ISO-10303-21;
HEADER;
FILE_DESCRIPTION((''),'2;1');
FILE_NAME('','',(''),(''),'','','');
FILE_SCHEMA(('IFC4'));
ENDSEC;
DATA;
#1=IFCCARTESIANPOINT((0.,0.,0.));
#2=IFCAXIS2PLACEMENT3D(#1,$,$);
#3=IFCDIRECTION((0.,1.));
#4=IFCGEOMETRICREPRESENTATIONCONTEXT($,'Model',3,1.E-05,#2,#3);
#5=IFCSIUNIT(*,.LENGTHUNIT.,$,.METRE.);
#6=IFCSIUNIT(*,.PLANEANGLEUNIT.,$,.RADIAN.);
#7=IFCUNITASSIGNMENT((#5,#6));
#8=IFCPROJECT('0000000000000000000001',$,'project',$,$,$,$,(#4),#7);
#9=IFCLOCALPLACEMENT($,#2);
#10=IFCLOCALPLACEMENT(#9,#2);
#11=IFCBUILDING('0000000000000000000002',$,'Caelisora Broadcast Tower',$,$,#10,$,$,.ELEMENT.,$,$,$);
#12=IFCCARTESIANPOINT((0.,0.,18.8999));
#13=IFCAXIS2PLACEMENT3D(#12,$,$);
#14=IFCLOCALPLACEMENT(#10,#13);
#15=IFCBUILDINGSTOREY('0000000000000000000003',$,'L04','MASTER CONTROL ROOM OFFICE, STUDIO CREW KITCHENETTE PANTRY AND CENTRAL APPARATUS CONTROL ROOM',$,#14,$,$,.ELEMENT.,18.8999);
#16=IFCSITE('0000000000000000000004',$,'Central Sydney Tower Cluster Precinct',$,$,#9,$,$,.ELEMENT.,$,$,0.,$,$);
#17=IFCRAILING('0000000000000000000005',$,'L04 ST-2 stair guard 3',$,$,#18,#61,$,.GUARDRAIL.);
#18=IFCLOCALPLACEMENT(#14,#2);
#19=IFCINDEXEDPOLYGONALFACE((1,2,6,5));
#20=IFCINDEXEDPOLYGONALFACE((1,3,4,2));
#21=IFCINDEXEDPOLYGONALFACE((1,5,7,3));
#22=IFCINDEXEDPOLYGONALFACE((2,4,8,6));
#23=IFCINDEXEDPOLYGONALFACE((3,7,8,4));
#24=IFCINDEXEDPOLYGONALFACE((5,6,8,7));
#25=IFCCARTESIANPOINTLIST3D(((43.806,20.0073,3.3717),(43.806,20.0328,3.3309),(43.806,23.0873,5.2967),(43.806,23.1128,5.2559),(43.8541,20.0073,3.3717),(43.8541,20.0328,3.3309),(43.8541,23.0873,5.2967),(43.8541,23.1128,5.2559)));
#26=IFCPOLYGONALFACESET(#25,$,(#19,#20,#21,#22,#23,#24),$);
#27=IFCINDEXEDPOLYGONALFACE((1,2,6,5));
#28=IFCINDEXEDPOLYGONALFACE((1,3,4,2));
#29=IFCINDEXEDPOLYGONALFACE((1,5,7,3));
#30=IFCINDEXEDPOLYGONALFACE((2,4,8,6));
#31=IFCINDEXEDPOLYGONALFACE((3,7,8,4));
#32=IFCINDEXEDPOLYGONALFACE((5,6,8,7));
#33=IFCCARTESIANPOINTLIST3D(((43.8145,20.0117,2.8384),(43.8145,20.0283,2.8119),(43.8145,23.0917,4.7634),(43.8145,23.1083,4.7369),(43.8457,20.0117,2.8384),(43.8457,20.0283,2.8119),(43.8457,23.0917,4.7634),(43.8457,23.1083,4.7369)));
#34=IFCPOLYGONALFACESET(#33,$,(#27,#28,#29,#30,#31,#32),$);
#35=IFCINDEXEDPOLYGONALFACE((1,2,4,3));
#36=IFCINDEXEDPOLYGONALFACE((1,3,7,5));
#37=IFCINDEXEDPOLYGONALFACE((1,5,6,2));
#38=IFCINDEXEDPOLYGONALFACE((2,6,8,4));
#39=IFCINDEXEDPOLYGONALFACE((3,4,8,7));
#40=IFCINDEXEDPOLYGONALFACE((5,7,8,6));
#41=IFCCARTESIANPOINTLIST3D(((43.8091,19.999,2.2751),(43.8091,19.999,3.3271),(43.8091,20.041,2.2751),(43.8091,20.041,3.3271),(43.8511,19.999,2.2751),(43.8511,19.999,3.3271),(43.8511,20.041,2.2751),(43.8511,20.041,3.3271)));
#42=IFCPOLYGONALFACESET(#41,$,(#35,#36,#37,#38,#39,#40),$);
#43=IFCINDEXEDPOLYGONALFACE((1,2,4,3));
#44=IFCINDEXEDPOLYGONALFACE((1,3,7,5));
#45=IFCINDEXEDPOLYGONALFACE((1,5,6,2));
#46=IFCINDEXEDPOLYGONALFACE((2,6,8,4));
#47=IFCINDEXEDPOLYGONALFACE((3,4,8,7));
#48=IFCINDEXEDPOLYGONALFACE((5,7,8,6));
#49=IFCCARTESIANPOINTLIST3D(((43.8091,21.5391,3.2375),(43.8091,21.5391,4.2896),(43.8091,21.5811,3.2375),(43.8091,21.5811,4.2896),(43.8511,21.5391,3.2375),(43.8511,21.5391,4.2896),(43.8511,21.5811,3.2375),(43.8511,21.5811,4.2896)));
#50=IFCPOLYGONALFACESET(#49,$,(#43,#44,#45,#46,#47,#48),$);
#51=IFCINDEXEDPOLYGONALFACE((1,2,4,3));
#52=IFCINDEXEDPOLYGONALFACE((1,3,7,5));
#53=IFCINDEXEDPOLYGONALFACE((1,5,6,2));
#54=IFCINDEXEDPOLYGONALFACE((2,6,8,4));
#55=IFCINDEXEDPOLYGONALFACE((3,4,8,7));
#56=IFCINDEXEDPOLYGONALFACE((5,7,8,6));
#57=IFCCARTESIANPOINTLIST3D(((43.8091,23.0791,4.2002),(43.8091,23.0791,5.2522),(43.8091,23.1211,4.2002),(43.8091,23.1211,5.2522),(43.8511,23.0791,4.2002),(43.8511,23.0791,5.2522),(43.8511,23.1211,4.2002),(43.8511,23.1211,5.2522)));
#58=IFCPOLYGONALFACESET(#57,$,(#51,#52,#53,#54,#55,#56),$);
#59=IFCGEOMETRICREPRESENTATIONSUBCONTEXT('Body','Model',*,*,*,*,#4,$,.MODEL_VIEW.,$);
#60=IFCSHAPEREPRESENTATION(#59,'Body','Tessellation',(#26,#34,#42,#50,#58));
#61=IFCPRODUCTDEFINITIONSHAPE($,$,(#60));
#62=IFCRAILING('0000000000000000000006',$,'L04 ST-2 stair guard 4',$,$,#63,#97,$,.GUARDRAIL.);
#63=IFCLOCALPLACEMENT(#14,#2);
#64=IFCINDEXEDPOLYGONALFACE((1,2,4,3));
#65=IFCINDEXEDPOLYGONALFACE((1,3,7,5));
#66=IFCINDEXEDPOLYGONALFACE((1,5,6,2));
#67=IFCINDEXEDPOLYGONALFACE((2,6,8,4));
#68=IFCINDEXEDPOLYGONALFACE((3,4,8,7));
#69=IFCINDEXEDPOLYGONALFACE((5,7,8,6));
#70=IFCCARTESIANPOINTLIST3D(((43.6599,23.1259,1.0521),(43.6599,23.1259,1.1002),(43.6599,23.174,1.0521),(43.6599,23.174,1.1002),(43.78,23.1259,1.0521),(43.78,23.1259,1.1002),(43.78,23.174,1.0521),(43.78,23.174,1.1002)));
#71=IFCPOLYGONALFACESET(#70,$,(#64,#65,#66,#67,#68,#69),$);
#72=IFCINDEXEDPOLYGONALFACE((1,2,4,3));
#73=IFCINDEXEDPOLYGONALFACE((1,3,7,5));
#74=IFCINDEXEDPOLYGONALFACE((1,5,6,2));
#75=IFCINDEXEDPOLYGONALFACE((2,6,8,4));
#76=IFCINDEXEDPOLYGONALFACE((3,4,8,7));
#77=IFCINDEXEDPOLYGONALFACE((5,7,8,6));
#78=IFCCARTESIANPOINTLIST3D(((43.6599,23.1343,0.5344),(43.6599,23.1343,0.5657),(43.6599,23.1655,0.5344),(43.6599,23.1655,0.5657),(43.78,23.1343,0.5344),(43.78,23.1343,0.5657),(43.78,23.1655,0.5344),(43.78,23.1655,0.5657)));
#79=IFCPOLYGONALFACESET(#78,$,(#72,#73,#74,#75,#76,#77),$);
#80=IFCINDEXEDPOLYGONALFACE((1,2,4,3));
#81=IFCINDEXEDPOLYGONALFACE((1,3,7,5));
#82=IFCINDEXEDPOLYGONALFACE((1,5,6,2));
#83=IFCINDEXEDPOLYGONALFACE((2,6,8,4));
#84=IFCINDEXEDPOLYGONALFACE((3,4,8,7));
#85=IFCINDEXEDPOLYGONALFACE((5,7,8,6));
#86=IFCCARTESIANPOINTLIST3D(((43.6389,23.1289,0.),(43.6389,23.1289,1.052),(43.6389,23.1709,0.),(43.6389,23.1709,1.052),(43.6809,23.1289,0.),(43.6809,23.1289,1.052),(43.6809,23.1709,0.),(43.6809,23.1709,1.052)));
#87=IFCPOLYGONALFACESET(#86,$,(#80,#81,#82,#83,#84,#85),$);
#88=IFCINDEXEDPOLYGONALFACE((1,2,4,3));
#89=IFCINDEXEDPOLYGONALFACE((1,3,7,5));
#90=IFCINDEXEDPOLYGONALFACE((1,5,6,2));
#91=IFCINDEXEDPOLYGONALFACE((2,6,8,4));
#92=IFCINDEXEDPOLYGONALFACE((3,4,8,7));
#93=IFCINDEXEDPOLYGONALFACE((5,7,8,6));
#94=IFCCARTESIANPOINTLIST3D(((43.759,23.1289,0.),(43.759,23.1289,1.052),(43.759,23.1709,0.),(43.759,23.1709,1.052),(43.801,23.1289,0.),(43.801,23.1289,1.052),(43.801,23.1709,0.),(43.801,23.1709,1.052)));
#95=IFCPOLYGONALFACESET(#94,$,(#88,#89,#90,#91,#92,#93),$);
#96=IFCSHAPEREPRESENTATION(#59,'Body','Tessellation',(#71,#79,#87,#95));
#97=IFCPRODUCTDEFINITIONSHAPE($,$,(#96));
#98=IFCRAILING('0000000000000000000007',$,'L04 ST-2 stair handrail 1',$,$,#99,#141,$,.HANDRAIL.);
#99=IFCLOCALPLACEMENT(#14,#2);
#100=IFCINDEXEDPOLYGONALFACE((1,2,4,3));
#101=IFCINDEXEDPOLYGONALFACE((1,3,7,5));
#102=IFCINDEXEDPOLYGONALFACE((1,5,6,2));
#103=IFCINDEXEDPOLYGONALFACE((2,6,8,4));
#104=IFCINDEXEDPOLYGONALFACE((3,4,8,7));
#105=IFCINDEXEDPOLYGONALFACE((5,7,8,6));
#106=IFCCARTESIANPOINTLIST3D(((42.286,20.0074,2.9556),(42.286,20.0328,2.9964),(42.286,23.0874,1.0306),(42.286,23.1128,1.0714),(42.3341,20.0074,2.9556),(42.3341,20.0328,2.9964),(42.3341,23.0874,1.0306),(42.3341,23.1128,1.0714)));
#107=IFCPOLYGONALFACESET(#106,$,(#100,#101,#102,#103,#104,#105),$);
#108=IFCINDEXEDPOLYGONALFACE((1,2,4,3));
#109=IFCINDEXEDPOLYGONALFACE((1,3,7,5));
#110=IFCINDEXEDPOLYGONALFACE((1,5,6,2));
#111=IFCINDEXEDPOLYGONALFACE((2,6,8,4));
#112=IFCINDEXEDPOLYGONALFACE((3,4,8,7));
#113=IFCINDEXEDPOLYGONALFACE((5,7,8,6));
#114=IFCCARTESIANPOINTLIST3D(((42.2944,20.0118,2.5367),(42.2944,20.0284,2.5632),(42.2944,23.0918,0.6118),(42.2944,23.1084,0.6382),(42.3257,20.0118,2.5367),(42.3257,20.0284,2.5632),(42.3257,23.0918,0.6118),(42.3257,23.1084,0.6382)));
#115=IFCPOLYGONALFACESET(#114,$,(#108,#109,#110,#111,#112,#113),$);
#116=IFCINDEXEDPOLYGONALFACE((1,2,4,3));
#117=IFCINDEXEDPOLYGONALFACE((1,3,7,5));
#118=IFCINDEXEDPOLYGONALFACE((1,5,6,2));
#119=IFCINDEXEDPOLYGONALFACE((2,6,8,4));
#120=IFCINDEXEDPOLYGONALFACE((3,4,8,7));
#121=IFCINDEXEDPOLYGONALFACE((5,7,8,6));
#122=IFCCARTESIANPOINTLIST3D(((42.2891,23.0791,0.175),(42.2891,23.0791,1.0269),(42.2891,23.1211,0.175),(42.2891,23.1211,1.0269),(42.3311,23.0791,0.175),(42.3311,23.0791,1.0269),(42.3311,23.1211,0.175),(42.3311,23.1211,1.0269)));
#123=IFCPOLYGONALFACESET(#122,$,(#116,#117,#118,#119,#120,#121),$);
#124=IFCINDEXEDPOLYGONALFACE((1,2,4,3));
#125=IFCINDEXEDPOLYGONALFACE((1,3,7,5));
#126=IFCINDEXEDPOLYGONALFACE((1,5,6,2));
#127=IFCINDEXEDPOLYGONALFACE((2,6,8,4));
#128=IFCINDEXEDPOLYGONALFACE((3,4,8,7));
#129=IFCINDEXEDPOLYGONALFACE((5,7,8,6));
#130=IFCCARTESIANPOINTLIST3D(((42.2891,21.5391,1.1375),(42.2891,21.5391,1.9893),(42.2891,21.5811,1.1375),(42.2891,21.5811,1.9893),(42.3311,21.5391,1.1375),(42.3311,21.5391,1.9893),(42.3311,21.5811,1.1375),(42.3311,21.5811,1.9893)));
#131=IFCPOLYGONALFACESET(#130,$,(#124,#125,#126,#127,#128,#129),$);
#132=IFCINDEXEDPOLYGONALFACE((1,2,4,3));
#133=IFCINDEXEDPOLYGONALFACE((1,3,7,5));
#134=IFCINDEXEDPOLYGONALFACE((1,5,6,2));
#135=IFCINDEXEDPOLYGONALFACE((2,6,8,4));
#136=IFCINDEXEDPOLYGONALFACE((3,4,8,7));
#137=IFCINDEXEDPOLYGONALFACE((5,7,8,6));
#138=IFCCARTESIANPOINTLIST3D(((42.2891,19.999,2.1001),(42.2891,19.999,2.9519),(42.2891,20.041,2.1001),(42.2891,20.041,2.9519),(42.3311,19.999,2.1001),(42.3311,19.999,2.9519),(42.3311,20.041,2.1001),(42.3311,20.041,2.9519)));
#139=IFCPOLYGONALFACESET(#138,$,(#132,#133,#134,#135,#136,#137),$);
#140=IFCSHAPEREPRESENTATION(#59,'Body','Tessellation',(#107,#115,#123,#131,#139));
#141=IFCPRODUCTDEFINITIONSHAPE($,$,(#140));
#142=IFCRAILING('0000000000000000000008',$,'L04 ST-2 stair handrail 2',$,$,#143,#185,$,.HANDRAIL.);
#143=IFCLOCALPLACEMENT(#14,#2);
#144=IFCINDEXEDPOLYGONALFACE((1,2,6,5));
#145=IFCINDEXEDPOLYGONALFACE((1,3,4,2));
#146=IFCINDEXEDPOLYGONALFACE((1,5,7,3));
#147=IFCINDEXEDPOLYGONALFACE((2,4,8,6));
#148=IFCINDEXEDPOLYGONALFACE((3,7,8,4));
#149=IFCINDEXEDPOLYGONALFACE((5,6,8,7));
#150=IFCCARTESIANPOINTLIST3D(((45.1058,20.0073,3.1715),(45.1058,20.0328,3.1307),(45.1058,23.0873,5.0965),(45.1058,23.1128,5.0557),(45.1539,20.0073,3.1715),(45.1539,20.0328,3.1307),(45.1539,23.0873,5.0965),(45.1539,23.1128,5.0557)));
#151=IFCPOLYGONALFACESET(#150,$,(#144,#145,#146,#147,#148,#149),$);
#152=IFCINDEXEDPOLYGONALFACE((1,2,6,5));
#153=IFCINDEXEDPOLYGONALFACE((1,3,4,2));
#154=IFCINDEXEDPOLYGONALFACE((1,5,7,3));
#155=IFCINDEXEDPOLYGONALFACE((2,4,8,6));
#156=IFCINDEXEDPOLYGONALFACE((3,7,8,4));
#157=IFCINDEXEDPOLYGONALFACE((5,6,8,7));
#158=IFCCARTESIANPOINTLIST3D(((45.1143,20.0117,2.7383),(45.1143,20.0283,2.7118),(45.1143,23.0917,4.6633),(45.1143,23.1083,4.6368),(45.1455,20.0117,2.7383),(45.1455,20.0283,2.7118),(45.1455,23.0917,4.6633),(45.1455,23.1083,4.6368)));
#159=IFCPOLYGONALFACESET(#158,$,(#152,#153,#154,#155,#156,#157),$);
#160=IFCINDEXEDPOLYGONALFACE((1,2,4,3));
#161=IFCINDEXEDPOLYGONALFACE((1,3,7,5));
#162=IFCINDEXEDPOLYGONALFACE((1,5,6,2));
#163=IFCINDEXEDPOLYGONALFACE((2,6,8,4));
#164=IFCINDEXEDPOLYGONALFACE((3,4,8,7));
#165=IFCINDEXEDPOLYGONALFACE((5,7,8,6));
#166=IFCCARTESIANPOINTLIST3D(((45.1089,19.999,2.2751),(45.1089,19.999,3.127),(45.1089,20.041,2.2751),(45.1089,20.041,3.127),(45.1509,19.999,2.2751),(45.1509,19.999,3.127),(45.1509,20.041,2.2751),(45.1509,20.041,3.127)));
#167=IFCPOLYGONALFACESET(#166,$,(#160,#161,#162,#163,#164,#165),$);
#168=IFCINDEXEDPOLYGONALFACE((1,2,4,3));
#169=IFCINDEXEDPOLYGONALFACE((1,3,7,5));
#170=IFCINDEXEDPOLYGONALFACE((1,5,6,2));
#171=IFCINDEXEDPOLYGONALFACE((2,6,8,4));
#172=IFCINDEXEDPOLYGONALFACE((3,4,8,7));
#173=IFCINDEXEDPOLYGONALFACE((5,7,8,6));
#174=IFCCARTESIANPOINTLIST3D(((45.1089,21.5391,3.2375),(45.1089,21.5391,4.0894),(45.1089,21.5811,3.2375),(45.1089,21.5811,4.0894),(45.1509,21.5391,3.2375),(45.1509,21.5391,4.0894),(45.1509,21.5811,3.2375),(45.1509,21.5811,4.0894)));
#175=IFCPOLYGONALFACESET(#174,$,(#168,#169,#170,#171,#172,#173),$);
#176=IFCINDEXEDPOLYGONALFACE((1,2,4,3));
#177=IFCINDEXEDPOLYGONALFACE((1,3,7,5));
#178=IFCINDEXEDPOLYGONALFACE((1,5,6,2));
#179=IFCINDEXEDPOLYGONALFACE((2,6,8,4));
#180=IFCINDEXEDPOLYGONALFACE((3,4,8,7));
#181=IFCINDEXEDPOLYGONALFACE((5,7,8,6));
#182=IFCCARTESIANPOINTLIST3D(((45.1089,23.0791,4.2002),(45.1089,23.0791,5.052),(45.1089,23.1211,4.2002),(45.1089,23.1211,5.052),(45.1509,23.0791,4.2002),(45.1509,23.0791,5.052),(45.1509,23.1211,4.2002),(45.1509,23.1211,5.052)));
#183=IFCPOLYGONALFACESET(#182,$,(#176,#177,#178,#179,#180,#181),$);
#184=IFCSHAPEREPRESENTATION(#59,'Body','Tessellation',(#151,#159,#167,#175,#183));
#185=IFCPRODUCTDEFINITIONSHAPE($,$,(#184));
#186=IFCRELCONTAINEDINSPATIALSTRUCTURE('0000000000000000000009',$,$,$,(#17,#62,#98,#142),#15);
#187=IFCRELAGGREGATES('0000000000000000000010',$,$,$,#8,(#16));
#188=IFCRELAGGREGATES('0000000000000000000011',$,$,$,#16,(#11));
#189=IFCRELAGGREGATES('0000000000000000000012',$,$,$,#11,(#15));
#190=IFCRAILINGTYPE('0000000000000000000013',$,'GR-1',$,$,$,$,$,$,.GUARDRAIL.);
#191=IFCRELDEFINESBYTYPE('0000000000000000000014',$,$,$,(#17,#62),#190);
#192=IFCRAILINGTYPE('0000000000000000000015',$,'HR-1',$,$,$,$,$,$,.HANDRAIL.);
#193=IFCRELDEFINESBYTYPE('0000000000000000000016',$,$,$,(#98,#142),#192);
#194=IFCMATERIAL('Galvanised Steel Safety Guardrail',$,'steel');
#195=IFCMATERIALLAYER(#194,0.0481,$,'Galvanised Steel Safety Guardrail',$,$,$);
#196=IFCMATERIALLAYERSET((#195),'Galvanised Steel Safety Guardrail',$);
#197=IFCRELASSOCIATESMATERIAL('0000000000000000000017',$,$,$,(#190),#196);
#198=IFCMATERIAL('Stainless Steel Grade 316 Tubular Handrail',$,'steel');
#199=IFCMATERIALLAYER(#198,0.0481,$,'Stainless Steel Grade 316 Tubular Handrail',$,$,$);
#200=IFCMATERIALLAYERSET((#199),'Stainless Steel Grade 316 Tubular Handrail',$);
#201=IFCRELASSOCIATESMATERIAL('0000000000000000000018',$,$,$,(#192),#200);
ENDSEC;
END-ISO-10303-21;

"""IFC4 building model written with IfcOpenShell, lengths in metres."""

from ifc_helpers import new_model, si_unit, direction, frame, origin, origin_2d, place, context, subcontext, project, spatial, rectangle, extrude, material, layer, layer_set, type_object, element, save


model = new_model("IFC4")

# Units and contexts
model_context = context("Model", 3, precision=1e-05, world=origin(), true_north=direction((0.0, 1.0)))
body_context = subcontext(model_context, "Body", "Model", "MODEL_VIEW")
ifc_project = project(units=[si_unit("LENGTHUNIT", "METRE"), si_unit("PLANEANGLEUNIT", "RADIAN")], contexts=[model_context])

# Site, building, storey
site_placement = place(None, origin())
site = spatial("IfcSite", under=ifc_project, at=site_placement, Name="Central Sydney Tower Cluster Precinct", CompositionType="ELEMENT", RefElevation=0.0)
building_placement = place(site_placement, origin())
building = spatial("IfcBuilding", under=site, at=building_placement, Name="Caelisora Broadcast Tower", CompositionType="ELEMENT")
storey_placement = place(building_placement, frame((0.0, 0.0, 18.8999)))
storey = spatial("IfcBuildingStorey", under=building, at=storey_placement, Name="L04", Description="MASTER CONTROL ROOM OFFICE, STUDIO CREW KITCHENETTE PANTRY AND CENTRAL APPARATUS CONTROL ROOM", CompositionType="ELEMENT", Elevation=18.8999)

# Railings
ifc_material_1 = material(Name="Galvanised Steel Safety Guardrail", Category="steel")
ifc_layer_1 = layer(ifc_material_1, 0.0481, Name="Galvanised Steel Safety Guardrail")
ifc_layer_set_1 = layer_set([ifc_layer_1], Name="Galvanised Steel Safety Guardrail")
railing_type_1 = type_object("IfcRailingType", Name="GR-1", PredefinedType="GUARDRAIL", material=ifc_layer_set_1)
railing_1_placement = place(storey_placement, frame((43.8301, 20.02, 2.2751)))
element("IfcRailing", 1, at=railing_1_placement, inside=storey, type_object=railing_type_1, Name="L04 ST-2 stair guard 3", PredefinedType="GUARDRAIL", context=body_context, shape_type="SweptSolid", body=[
    extrude(rectangle(XDim=0.0481, YDim=0.0481, at=origin_2d()), frame((0.0, 0.0, 1.0762), z_axis=(0.0, 0.847998, 0.529999), x_axis=(-1.0, 0.0, 0.0)), (0.0, 0.0, 1.0), 3.6321),
    extrude(rectangle(XDim=0.0312, YDim=0.0312, at=origin_2d()), frame((0.0, 0.0, 0.55), z_axis=(0.0, 0.847998, 0.529999), x_axis=(-1.0, 0.0, 0.0)), (0.0, 0.0, 1.0), 3.6321),
    extrude(rectangle(XDim=0.042, YDim=0.042, at=origin_2d()), origin(), (0.0, 0.0, 1.0), 1.052),
    extrude(rectangle(XDim=0.042, YDim=0.042, at=origin_2d()), frame((0.0, 1.54, 0.9624)), (0.0, 0.0, 1.0), 1.052),
    extrude(rectangle(XDim=0.042, YDim=0.042, at=origin_2d()), frame((0.0, 3.0801, 1.925)), (0.0, 0.0, 1.0), 1.052),
])
railing_2_placement = place(storey_placement, frame((43.6599, 23.1499, 0.0)))
element("IfcRailing", 2, at=railing_2_placement, inside=storey, type_object=railing_type_1, Name="L04 ST-2 stair guard 4", PredefinedType="GUARDRAIL", context=body_context, shape_type="SweptSolid", body=[
    extrude(rectangle(XDim=0.0481, YDim=0.0481, at=origin_2d()), frame((0.0, 0.0, 1.0762), z_axis=(1.0, 0.0, 0.0), x_axis=(0.0, 1.0, 0.0)), (0.0, 0.0, 1.0), 0.1201),
    extrude(rectangle(XDim=0.0312, YDim=0.0312, at=origin_2d()), frame((0.0, 0.0, 0.55), z_axis=(1.0, 0.0, 0.0), x_axis=(0.0, 1.0, 0.0)), (0.0, 0.0, 1.0), 0.1201),
    extrude(rectangle(XDim=0.042, YDim=0.042, at=origin_2d()), origin(), (0.0, 0.0, 1.0), 1.052),
    extrude(rectangle(XDim=0.042, YDim=0.042, at=origin_2d()), frame((0.1201, 0.0, 0.0)), (0.0, 0.0, 1.0), 1.052),
])
ifc_material_2 = material(Name="Stainless Steel Grade 316 Tubular Handrail", Category="steel")
ifc_layer_2 = layer(ifc_material_2, 0.0481, Name="Stainless Steel Grade 316 Tubular Handrail")
ifc_layer_set_2 = layer_set([ifc_layer_2], Name="Stainless Steel Grade 316 Tubular Handrail")
railing_type_2 = type_object("IfcRailingType", Name="HR-1", PredefinedType="HANDRAIL", material=ifc_layer_set_2)
railing_3_placement = place(storey_placement, frame((42.3101, 23.1001, 0.175)))
element("IfcRailing", 3, at=railing_3_placement, inside=storey, type_object=railing_type_2, Name="L04 ST-2 stair handrail 1", PredefinedType="HANDRAIL", context=body_context, shape_type="SweptSolid", body=[
    extrude(rectangle(XDim=0.0481, YDim=0.0481, at=origin_2d()), frame((0.0, 0.0, 0.876), z_axis=(0.0, -0.847998, 0.529999), x_axis=(1.0, 0.0, 0.0)), (0.0, 0.0, 1.0), 3.6321),
    extrude(rectangle(XDim=0.0312, YDim=0.0312, at=origin_2d()), frame((0.0, 0.0, 0.45), z_axis=(0.0, -0.847998, 0.529999), x_axis=(1.0, 0.0, 0.0)), (0.0, 0.0, 1.0), 3.6321),
    extrude(rectangle(XDim=0.042, YDim=0.042, at=origin_2d()), origin(), (0.0, 0.0, 1.0), 0.8518),
    extrude(rectangle(XDim=0.042, YDim=0.042, at=origin_2d()), frame((0.0, -1.54, 0.9624)), (0.0, 0.0, 1.0), 0.8518),
    extrude(rectangle(XDim=0.042, YDim=0.042, at=origin_2d()), frame((0.0, -3.0801, 1.925)), (0.0, 0.0, 1.0), 0.8518),
])
railing_4_placement = place(storey_placement, frame((45.1299, 20.02, 2.2751)))
element("IfcRailing", 4, at=railing_4_placement, inside=storey, type_object=railing_type_2, Name="L04 ST-2 stair handrail 2", PredefinedType="HANDRAIL", context=body_context, shape_type="SweptSolid", body=[
    extrude(rectangle(XDim=0.0481, YDim=0.0481, at=origin_2d()), frame((0.0, 0.0, 0.876), z_axis=(0.0, 0.847998, 0.529999), x_axis=(-1.0, 0.0, 0.0)), (0.0, 0.0, 1.0), 3.6321),
    extrude(rectangle(XDim=0.0312, YDim=0.0312, at=origin_2d()), frame((0.0, 0.0, 0.45), z_axis=(0.0, 0.847998, 0.529999), x_axis=(-1.0, 0.0, 0.0)), (0.0, 0.0, 1.0), 3.6321),
    extrude(rectangle(XDim=0.042, YDim=0.042, at=origin_2d()), origin(), (0.0, 0.0, 1.0), 0.8518),
    extrude(rectangle(XDim=0.042, YDim=0.042, at=origin_2d()), frame((0.0, 1.54, 0.9624)), (0.0, 0.0, 1.0), 0.8518),
    extrude(rectangle(XDim=0.042, YDim=0.042, at=origin_2d()), frame((0.0, 3.0801, 1.925)), (0.0, 0.0, 1.0), 0.8518),
])

save(model, "model.ifc")
